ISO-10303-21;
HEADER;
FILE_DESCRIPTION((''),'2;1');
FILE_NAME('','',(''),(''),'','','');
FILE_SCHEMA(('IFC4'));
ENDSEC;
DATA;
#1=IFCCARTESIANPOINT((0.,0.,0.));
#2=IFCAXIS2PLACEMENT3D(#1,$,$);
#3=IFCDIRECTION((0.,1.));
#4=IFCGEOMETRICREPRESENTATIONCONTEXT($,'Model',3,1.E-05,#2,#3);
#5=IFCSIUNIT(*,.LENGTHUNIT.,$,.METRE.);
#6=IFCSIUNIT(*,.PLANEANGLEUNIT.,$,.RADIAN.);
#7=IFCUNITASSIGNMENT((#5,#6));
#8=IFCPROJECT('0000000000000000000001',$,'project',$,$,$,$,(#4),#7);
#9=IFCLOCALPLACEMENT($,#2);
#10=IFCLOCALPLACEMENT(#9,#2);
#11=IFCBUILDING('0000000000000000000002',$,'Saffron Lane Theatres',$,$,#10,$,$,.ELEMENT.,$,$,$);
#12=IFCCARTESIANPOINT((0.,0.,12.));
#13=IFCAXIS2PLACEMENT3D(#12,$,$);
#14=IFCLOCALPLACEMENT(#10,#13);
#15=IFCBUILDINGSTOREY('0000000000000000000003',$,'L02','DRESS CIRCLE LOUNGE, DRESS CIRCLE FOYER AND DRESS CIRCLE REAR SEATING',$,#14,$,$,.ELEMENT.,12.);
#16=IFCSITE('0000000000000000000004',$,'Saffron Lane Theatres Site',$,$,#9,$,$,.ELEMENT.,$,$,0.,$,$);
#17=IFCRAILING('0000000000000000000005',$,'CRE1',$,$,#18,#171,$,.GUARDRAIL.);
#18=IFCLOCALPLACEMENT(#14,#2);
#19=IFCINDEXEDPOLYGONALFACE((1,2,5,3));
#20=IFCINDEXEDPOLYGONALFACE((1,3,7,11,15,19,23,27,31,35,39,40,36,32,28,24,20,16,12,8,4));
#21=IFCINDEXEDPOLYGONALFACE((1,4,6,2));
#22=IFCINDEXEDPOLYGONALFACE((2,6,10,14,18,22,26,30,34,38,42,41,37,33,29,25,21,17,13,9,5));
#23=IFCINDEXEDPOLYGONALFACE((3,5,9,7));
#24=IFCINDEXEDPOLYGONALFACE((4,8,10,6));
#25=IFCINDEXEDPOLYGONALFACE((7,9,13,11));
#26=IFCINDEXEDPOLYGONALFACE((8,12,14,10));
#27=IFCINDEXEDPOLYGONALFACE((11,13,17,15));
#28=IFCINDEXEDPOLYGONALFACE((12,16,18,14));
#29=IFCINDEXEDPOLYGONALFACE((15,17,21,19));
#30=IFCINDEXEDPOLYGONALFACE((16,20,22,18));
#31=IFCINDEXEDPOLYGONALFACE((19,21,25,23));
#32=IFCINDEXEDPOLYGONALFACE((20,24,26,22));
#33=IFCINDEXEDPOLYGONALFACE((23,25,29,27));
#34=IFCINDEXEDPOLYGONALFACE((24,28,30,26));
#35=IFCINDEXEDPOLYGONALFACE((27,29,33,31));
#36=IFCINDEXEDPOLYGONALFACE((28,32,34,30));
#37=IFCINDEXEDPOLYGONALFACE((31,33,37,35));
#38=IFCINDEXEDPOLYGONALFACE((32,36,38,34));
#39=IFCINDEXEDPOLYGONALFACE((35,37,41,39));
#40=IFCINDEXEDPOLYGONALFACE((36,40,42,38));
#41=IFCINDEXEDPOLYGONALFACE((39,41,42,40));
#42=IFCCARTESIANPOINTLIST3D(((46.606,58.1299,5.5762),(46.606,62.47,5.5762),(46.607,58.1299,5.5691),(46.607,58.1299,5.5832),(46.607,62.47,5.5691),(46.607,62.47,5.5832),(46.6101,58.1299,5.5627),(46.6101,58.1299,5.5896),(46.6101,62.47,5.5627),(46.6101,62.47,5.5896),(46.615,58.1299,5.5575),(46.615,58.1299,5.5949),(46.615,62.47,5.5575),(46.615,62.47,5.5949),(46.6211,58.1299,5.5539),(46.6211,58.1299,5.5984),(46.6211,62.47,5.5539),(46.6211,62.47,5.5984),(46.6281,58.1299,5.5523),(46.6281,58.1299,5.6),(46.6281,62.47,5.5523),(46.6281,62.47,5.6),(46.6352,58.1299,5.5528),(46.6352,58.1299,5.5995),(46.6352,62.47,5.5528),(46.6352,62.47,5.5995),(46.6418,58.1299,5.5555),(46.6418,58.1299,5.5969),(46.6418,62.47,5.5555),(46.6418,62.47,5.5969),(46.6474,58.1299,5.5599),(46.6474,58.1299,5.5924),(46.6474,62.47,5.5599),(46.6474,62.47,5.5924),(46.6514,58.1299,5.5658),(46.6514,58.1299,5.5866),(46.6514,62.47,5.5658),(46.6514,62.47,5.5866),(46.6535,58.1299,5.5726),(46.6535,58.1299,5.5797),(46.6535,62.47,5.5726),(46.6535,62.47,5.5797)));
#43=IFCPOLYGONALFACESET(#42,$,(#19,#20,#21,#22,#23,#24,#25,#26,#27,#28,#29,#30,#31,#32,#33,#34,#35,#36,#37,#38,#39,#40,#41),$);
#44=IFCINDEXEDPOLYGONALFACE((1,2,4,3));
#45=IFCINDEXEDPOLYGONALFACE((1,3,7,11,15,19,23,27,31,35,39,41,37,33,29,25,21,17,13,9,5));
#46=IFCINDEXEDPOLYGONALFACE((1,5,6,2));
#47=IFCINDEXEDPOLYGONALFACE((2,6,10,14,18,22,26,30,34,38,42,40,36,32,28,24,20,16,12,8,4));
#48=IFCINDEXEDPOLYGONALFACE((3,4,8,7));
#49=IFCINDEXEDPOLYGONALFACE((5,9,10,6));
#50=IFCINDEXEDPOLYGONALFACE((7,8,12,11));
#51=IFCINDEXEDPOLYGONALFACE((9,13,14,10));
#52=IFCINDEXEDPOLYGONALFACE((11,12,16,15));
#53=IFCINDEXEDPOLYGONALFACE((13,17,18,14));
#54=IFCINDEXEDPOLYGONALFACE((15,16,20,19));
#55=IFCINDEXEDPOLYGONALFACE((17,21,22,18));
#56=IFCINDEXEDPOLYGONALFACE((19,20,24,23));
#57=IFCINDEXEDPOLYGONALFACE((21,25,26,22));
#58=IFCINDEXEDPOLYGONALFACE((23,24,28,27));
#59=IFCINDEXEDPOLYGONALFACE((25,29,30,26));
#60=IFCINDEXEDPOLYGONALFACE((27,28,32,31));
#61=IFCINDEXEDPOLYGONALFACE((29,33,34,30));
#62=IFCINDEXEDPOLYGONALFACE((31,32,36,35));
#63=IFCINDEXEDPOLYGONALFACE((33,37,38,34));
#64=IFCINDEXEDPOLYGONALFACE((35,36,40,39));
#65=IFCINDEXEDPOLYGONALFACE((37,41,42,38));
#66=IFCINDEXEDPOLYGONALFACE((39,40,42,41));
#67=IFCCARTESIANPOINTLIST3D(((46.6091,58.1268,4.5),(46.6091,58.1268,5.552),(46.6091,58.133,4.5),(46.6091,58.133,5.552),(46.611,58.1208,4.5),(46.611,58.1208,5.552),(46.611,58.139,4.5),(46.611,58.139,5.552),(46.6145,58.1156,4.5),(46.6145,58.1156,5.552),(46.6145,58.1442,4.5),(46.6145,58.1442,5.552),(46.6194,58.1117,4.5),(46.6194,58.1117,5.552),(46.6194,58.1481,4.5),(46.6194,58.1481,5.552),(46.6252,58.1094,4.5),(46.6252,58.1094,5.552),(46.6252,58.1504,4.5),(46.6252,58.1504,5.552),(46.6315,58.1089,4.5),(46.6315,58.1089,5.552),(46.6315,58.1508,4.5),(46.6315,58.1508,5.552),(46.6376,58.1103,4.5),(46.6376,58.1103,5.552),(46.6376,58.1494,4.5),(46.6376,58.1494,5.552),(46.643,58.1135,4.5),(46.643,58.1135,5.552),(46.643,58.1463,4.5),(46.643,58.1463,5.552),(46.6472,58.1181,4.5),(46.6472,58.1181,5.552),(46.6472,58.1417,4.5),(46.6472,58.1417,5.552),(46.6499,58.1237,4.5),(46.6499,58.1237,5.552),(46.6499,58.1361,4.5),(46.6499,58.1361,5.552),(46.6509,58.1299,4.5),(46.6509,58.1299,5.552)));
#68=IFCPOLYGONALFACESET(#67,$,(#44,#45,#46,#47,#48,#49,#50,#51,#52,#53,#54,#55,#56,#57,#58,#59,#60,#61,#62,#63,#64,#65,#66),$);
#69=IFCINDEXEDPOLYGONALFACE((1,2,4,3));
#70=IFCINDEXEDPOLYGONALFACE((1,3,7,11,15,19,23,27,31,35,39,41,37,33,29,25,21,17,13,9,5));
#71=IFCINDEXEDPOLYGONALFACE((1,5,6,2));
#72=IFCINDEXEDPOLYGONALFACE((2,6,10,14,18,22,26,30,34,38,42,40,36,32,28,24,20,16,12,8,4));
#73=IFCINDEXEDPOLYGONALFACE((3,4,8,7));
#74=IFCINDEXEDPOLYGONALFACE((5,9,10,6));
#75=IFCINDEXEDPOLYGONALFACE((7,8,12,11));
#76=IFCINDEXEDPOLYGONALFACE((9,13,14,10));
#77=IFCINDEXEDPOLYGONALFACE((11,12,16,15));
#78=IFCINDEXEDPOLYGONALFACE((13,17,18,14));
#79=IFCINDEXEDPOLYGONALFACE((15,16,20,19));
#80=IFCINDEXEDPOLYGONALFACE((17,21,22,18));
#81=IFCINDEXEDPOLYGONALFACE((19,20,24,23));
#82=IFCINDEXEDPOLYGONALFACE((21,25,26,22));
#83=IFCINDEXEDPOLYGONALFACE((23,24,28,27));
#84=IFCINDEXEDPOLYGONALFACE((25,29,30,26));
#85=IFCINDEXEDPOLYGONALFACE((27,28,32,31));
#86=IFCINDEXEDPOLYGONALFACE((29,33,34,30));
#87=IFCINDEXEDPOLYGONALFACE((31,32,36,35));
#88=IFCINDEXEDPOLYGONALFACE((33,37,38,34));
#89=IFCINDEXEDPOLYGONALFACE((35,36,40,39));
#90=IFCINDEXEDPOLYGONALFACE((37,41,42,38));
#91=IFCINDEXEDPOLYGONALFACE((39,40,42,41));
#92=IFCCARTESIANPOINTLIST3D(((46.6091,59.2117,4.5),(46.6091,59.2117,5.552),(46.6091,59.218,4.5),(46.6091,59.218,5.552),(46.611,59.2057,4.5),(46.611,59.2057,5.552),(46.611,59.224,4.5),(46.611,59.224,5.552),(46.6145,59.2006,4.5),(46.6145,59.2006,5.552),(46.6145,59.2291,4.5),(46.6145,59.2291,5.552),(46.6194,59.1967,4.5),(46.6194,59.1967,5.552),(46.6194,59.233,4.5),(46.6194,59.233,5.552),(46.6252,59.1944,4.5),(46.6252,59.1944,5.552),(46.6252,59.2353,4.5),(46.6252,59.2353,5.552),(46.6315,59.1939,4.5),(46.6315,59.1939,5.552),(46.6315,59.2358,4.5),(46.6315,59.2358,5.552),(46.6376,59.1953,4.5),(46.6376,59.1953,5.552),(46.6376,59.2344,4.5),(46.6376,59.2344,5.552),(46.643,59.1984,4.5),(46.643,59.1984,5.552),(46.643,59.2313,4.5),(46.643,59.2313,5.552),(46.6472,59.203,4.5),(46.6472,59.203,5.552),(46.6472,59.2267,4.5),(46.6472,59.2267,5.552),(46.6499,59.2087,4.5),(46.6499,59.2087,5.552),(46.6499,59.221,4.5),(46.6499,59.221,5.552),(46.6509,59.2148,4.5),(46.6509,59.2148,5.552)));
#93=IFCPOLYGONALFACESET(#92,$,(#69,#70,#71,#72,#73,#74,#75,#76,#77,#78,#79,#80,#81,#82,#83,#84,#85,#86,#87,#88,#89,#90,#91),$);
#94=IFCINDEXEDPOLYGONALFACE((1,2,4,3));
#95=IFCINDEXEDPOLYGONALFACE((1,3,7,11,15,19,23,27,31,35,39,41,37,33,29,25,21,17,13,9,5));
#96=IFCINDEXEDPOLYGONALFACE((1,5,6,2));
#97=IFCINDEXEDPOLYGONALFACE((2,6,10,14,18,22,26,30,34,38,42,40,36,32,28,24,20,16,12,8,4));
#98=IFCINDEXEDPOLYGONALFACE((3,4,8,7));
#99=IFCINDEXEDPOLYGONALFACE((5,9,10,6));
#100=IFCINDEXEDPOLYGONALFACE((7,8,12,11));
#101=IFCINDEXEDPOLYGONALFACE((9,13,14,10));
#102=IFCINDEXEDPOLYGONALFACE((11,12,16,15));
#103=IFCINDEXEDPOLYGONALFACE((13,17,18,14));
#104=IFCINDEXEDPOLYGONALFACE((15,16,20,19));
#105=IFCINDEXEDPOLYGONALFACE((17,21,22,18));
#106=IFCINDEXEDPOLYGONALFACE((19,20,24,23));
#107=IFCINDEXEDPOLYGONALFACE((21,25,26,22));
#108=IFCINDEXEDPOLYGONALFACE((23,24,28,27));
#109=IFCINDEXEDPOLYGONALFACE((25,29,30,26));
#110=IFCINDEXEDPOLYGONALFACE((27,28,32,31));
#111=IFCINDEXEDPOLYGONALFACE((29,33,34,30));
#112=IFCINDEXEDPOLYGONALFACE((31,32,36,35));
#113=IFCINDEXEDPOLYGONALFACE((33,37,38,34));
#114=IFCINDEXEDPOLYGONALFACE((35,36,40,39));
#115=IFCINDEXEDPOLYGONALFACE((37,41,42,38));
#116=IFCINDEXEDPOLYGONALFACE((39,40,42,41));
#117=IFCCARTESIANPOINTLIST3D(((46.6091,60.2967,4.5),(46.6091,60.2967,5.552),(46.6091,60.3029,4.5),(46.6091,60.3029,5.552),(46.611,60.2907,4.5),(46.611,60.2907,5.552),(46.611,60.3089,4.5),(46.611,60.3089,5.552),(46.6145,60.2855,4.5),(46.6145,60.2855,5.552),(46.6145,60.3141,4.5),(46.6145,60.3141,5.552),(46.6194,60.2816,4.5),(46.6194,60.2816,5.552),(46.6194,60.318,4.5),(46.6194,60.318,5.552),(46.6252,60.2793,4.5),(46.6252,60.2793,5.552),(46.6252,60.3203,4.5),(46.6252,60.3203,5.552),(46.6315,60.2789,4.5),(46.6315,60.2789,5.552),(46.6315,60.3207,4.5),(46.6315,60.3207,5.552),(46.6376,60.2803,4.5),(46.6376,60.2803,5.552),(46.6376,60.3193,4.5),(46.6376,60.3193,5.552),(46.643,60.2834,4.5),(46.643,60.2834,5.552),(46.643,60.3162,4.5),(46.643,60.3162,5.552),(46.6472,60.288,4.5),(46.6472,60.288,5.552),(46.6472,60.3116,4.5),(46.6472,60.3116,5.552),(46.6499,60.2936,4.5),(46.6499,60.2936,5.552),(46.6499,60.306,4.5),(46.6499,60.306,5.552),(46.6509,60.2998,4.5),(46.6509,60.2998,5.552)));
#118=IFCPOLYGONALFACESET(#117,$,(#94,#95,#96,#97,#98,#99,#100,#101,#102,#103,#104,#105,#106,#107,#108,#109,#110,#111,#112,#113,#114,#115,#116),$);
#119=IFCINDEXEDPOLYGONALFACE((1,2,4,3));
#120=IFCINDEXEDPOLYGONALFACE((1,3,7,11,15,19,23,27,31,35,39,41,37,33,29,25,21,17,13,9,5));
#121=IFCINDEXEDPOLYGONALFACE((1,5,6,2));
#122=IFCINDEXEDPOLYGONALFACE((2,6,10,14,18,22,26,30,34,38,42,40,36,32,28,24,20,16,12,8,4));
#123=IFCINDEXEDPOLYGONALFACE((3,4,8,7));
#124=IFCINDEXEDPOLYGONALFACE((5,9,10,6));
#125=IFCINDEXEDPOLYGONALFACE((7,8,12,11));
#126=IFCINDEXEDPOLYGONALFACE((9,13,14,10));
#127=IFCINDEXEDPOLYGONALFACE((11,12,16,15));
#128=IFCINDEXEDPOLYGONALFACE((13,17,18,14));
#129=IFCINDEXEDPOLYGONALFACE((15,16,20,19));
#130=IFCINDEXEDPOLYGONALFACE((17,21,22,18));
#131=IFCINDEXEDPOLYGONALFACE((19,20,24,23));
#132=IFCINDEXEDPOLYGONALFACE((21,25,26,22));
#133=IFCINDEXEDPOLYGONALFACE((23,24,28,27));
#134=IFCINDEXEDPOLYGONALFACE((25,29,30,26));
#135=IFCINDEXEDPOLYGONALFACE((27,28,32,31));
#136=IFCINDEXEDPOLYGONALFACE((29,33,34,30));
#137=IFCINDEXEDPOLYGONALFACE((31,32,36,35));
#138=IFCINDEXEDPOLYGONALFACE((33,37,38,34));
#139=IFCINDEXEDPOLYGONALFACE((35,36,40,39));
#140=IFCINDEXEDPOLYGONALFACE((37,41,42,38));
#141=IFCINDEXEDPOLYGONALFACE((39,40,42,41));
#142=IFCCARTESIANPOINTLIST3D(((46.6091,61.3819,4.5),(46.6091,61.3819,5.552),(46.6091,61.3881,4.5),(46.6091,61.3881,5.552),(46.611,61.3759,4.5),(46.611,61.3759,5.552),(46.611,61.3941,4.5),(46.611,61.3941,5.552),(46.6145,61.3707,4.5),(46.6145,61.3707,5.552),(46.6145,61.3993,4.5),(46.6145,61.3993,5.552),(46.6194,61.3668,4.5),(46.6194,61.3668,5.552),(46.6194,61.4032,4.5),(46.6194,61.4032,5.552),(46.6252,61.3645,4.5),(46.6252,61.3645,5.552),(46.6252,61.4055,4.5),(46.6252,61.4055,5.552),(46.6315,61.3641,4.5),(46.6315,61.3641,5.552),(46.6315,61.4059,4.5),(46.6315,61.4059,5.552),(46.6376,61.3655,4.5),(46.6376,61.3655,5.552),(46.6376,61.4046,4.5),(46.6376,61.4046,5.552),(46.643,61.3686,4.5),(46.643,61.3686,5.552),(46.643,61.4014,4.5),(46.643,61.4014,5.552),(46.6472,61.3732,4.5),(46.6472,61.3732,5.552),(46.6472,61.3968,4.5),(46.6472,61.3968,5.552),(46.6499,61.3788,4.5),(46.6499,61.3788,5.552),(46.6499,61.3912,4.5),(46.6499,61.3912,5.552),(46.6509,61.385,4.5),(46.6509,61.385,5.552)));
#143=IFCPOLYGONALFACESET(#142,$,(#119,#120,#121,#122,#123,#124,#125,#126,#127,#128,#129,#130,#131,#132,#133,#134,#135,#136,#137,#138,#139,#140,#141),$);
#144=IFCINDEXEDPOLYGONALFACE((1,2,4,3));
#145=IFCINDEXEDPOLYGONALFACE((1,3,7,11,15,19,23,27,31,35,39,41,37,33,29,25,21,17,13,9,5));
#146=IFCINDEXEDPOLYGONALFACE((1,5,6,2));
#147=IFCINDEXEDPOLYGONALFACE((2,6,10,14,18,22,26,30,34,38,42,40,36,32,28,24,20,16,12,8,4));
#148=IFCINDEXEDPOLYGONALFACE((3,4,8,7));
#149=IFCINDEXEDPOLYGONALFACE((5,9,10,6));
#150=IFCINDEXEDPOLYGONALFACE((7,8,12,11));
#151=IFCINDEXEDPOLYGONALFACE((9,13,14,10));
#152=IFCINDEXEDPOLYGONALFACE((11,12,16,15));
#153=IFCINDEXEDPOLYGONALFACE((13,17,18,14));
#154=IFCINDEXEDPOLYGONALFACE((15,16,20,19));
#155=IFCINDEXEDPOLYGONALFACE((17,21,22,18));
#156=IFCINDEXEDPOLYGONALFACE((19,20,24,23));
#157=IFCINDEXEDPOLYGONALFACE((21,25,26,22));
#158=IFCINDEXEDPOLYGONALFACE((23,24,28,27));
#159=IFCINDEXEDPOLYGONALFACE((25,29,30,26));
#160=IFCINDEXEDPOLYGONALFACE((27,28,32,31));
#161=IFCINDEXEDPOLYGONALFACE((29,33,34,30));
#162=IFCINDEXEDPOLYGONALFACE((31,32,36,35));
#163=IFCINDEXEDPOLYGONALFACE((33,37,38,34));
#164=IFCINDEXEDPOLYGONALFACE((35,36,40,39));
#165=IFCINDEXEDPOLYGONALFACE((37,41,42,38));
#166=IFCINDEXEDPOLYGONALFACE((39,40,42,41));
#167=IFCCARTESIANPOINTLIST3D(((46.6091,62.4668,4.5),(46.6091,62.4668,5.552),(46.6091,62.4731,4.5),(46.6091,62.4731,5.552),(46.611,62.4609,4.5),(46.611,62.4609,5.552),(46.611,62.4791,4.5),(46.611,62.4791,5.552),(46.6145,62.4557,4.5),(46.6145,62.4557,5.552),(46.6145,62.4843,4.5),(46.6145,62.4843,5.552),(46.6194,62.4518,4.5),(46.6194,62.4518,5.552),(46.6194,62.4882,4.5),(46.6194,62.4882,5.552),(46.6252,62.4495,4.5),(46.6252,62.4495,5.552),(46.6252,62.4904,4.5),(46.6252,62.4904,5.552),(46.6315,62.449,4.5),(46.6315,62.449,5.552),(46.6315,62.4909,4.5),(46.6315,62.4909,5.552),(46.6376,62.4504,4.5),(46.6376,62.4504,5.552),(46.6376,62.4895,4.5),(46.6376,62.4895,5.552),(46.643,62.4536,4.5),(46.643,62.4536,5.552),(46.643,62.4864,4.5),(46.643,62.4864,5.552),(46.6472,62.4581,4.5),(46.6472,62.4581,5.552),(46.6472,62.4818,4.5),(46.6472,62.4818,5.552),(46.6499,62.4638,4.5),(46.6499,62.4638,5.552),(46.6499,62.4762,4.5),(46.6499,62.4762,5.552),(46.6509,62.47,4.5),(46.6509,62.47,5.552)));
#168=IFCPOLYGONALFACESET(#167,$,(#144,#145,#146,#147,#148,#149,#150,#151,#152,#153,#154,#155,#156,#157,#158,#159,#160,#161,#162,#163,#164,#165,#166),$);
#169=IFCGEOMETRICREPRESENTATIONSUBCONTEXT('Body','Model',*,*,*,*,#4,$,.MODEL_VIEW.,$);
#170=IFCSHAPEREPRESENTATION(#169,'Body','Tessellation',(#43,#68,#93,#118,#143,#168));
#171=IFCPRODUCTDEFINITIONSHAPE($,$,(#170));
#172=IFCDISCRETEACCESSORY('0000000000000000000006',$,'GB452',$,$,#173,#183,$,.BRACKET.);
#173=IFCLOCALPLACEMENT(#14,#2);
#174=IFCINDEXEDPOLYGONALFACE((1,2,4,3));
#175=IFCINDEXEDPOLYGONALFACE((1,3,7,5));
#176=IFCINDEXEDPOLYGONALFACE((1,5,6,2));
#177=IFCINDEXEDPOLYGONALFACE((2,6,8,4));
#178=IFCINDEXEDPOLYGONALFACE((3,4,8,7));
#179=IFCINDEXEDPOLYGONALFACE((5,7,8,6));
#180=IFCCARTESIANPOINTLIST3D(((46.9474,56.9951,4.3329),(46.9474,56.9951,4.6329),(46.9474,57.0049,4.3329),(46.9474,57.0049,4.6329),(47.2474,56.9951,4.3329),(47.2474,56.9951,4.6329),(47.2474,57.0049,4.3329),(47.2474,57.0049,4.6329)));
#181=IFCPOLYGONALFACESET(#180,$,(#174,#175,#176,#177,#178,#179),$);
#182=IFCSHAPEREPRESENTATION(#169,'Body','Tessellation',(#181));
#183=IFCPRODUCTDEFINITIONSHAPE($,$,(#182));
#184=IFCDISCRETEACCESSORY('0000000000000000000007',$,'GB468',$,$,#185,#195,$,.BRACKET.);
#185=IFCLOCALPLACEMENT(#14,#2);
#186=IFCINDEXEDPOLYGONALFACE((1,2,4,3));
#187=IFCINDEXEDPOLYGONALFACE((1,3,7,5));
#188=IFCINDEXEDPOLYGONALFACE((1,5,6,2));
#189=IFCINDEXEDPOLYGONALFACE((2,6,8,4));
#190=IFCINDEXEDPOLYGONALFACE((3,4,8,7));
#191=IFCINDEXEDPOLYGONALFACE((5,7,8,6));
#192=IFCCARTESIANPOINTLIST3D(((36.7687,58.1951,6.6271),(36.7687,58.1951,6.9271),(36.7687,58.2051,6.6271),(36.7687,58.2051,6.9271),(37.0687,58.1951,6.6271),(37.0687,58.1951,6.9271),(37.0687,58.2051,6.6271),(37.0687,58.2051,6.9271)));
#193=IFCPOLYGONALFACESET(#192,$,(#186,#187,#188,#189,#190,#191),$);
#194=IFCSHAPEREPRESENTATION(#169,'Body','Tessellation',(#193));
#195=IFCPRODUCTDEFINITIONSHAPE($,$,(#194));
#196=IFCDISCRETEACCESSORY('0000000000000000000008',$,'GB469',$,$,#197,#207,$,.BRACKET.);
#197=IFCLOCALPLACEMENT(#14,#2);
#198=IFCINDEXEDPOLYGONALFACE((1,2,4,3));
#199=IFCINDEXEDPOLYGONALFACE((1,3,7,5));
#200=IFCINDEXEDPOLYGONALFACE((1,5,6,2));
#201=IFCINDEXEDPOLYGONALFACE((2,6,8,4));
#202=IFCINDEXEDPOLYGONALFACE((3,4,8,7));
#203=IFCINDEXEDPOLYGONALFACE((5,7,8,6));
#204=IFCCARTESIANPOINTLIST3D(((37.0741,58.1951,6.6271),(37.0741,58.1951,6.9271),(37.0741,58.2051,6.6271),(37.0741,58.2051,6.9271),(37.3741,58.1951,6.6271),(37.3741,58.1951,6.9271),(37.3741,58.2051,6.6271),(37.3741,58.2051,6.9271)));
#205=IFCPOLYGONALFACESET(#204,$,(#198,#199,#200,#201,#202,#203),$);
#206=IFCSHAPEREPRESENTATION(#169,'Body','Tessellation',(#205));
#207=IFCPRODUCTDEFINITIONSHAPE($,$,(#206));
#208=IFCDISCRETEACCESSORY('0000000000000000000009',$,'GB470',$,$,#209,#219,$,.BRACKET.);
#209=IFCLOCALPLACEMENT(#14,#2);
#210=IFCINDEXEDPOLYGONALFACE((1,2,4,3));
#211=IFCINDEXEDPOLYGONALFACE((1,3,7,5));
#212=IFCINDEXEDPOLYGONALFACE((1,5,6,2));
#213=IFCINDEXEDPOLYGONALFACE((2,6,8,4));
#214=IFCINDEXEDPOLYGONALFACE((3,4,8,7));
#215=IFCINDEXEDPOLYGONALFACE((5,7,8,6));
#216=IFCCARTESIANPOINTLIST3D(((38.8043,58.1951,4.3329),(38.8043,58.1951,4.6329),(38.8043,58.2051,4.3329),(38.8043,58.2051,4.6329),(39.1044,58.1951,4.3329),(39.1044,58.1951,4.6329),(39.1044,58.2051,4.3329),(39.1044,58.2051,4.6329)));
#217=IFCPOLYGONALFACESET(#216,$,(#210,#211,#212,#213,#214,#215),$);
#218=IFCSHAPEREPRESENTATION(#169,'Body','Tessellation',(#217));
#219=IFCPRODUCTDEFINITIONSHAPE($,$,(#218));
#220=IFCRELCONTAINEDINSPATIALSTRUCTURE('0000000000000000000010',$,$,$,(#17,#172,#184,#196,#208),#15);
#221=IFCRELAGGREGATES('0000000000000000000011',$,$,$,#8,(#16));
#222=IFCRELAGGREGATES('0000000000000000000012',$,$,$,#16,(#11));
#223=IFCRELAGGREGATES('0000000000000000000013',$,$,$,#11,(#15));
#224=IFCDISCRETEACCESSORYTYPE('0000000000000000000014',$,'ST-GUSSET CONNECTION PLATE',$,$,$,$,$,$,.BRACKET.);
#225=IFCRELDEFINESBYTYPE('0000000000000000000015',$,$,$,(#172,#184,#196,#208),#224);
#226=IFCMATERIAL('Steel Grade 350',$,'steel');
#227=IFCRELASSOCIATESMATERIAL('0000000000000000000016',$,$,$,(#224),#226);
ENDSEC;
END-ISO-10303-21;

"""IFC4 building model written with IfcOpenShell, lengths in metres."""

from ifc_helpers import new_model, si_unit, direction, frame, origin, origin_2d, place, context, subcontext, project, spatial, rectangle, circle, extrude, material, material_profile, profile_set, type_object, element, save


model = new_model("IFC4")

# Units and contexts
model_context = context("Model", 3, precision=1e-05, world=origin(), true_north=direction((0.0, 1.0)))
body_context = subcontext(model_context, "Body", "Model", "MODEL_VIEW")
ifc_project = project(units=[si_unit("LENGTHUNIT", "METRE"), si_unit("PLANEANGLEUNIT", "RADIAN")], contexts=[model_context])

# Site, building, storey
site_placement = place(None, origin())
site = spatial("IfcSite", under=ifc_project, at=site_placement, Name="Saffron Lane Theatres Site", CompositionType="ELEMENT", RefElevation=0.0)
building_placement = place(site_placement, origin())
building = spatial("IfcBuilding", under=site, at=building_placement, Name="Saffron Lane Theatres", CompositionType="ELEMENT")
storey_placement = place(building_placement, frame((0.0, 0.0, 12.0)))
storey = spatial("IfcBuildingStorey", under=building, at=storey_placement, Name="L02", Description="DRESS CIRCLE LOUNGE, DRESS CIRCLE FOYER AND DRESS CIRCLE REAR SEATING", CompositionType="ELEMENT", Elevation=12.0)

# Railing
railing_placement = place(storey_placement, frame((46.6299, 58.1299, 4.5)))
element("IfcRailing", 1, at=railing_placement, inside=storey, Name="CRE1", PredefinedType="GUARDRAIL", context=body_context, shape_type="SweptSolid", body=[
    extrude(circle(Radius=0.0239, at=origin_2d()), frame((0.0, 0.0, 1.0762), z_axis=(0.0, 1.0, 0.0), x_axis=(-1.0, 0.0, 0.0)), (0.0, 0.0, 1.0), 4.3401),
    extrude(circle(Radius=0.021, at=origin_2d()), origin(), (0.0, 0.0, 1.0), 1.052),
    extrude(circle(Radius=0.021, at=origin_2d()), frame((0.0, 1.085, 0.0)), (0.0, 0.0, 1.0), 1.052),
    extrude(circle(Radius=0.021, at=origin_2d()), frame((0.0, 2.1699, 0.0)), (0.0, 0.0, 1.0), 1.052),
    extrude(circle(Radius=0.021, at=origin_2d()), frame((0.0, 3.2551, 0.0)), (0.0, 0.0, 1.0), 1.052),
    extrude(circle(Radius=0.021, at=origin_2d()), frame((0.0, 4.3401, 0.0)), (0.0, 0.0, 1.0), 1.052),
])

# Discrete accessories
ifc_material_1 = material(Name="Steel Grade 350", Category="steel")
ifc_material_profile_1 = material_profile(ifc_material_1, rectangle(XDim=0.3, YDim=0.3, at=origin_2d()))
ifc_profile_set_1 = profile_set([ifc_material_profile_1], Name="Steel Grade 350")
discrete_accessory_type_1 = type_object("IfcDiscreteAccessoryType", Name="ST-GUSSET CONNECTION PLATE", PredefinedType="BRACKET", material=ifc_profile_set_1)
discrete_accessory_placement = place(storey_placement, frame((47.0974, 56.9951, 4.4829), z_axis=(0.0, 1.0, 0.0), x_axis=(-1.0, 0.0, 0.0)))
element("IfcDiscreteAccessory", 2, at=discrete_accessory_placement, inside=storey, type_object=discrete_accessory_type_1, Name="GB452", PredefinedType="BRACKET", context=body_context, shape_type="SweptSolid", body=[
    extrude(rectangle(XDim=0.3, YDim=0.3, at=origin_2d()), origin(), (0.0, 0.0, 1.0), 0.0098),
])
for number, where, z_axis, x_axis, name in (
    (3, (36.9187, 58.1951, 6.7771), (0.0, 1.0, 0.0), (-1.0, 0.0, 0.0), "GB468"),
    (4, (37.2241, 58.1951, 6.7771), (0.0, 1.0, 0.0), (-1.0, 0.0, 0.0), "GB469"),
    (5, (38.9543, 58.1951, 4.4829), (0.0, 1.0, 0.0), (-1.0, 0.0, 0.0), "GB470"),
):
    element("IfcDiscreteAccessory", number, at=place(storey_placement, frame(where, z_axis=z_axis, x_axis=x_axis)), inside=storey, type_object=discrete_accessory_type_1, Name=name, PredefinedType="BRACKET", context=body_context, shape_type="SweptSolid", body=[
        extrude(rectangle(XDim=0.3, YDim=0.3, at=origin_2d()), origin(), (0.0, 0.0, 1.0), 0.01),
    ])

save(model, "model.ifc")
